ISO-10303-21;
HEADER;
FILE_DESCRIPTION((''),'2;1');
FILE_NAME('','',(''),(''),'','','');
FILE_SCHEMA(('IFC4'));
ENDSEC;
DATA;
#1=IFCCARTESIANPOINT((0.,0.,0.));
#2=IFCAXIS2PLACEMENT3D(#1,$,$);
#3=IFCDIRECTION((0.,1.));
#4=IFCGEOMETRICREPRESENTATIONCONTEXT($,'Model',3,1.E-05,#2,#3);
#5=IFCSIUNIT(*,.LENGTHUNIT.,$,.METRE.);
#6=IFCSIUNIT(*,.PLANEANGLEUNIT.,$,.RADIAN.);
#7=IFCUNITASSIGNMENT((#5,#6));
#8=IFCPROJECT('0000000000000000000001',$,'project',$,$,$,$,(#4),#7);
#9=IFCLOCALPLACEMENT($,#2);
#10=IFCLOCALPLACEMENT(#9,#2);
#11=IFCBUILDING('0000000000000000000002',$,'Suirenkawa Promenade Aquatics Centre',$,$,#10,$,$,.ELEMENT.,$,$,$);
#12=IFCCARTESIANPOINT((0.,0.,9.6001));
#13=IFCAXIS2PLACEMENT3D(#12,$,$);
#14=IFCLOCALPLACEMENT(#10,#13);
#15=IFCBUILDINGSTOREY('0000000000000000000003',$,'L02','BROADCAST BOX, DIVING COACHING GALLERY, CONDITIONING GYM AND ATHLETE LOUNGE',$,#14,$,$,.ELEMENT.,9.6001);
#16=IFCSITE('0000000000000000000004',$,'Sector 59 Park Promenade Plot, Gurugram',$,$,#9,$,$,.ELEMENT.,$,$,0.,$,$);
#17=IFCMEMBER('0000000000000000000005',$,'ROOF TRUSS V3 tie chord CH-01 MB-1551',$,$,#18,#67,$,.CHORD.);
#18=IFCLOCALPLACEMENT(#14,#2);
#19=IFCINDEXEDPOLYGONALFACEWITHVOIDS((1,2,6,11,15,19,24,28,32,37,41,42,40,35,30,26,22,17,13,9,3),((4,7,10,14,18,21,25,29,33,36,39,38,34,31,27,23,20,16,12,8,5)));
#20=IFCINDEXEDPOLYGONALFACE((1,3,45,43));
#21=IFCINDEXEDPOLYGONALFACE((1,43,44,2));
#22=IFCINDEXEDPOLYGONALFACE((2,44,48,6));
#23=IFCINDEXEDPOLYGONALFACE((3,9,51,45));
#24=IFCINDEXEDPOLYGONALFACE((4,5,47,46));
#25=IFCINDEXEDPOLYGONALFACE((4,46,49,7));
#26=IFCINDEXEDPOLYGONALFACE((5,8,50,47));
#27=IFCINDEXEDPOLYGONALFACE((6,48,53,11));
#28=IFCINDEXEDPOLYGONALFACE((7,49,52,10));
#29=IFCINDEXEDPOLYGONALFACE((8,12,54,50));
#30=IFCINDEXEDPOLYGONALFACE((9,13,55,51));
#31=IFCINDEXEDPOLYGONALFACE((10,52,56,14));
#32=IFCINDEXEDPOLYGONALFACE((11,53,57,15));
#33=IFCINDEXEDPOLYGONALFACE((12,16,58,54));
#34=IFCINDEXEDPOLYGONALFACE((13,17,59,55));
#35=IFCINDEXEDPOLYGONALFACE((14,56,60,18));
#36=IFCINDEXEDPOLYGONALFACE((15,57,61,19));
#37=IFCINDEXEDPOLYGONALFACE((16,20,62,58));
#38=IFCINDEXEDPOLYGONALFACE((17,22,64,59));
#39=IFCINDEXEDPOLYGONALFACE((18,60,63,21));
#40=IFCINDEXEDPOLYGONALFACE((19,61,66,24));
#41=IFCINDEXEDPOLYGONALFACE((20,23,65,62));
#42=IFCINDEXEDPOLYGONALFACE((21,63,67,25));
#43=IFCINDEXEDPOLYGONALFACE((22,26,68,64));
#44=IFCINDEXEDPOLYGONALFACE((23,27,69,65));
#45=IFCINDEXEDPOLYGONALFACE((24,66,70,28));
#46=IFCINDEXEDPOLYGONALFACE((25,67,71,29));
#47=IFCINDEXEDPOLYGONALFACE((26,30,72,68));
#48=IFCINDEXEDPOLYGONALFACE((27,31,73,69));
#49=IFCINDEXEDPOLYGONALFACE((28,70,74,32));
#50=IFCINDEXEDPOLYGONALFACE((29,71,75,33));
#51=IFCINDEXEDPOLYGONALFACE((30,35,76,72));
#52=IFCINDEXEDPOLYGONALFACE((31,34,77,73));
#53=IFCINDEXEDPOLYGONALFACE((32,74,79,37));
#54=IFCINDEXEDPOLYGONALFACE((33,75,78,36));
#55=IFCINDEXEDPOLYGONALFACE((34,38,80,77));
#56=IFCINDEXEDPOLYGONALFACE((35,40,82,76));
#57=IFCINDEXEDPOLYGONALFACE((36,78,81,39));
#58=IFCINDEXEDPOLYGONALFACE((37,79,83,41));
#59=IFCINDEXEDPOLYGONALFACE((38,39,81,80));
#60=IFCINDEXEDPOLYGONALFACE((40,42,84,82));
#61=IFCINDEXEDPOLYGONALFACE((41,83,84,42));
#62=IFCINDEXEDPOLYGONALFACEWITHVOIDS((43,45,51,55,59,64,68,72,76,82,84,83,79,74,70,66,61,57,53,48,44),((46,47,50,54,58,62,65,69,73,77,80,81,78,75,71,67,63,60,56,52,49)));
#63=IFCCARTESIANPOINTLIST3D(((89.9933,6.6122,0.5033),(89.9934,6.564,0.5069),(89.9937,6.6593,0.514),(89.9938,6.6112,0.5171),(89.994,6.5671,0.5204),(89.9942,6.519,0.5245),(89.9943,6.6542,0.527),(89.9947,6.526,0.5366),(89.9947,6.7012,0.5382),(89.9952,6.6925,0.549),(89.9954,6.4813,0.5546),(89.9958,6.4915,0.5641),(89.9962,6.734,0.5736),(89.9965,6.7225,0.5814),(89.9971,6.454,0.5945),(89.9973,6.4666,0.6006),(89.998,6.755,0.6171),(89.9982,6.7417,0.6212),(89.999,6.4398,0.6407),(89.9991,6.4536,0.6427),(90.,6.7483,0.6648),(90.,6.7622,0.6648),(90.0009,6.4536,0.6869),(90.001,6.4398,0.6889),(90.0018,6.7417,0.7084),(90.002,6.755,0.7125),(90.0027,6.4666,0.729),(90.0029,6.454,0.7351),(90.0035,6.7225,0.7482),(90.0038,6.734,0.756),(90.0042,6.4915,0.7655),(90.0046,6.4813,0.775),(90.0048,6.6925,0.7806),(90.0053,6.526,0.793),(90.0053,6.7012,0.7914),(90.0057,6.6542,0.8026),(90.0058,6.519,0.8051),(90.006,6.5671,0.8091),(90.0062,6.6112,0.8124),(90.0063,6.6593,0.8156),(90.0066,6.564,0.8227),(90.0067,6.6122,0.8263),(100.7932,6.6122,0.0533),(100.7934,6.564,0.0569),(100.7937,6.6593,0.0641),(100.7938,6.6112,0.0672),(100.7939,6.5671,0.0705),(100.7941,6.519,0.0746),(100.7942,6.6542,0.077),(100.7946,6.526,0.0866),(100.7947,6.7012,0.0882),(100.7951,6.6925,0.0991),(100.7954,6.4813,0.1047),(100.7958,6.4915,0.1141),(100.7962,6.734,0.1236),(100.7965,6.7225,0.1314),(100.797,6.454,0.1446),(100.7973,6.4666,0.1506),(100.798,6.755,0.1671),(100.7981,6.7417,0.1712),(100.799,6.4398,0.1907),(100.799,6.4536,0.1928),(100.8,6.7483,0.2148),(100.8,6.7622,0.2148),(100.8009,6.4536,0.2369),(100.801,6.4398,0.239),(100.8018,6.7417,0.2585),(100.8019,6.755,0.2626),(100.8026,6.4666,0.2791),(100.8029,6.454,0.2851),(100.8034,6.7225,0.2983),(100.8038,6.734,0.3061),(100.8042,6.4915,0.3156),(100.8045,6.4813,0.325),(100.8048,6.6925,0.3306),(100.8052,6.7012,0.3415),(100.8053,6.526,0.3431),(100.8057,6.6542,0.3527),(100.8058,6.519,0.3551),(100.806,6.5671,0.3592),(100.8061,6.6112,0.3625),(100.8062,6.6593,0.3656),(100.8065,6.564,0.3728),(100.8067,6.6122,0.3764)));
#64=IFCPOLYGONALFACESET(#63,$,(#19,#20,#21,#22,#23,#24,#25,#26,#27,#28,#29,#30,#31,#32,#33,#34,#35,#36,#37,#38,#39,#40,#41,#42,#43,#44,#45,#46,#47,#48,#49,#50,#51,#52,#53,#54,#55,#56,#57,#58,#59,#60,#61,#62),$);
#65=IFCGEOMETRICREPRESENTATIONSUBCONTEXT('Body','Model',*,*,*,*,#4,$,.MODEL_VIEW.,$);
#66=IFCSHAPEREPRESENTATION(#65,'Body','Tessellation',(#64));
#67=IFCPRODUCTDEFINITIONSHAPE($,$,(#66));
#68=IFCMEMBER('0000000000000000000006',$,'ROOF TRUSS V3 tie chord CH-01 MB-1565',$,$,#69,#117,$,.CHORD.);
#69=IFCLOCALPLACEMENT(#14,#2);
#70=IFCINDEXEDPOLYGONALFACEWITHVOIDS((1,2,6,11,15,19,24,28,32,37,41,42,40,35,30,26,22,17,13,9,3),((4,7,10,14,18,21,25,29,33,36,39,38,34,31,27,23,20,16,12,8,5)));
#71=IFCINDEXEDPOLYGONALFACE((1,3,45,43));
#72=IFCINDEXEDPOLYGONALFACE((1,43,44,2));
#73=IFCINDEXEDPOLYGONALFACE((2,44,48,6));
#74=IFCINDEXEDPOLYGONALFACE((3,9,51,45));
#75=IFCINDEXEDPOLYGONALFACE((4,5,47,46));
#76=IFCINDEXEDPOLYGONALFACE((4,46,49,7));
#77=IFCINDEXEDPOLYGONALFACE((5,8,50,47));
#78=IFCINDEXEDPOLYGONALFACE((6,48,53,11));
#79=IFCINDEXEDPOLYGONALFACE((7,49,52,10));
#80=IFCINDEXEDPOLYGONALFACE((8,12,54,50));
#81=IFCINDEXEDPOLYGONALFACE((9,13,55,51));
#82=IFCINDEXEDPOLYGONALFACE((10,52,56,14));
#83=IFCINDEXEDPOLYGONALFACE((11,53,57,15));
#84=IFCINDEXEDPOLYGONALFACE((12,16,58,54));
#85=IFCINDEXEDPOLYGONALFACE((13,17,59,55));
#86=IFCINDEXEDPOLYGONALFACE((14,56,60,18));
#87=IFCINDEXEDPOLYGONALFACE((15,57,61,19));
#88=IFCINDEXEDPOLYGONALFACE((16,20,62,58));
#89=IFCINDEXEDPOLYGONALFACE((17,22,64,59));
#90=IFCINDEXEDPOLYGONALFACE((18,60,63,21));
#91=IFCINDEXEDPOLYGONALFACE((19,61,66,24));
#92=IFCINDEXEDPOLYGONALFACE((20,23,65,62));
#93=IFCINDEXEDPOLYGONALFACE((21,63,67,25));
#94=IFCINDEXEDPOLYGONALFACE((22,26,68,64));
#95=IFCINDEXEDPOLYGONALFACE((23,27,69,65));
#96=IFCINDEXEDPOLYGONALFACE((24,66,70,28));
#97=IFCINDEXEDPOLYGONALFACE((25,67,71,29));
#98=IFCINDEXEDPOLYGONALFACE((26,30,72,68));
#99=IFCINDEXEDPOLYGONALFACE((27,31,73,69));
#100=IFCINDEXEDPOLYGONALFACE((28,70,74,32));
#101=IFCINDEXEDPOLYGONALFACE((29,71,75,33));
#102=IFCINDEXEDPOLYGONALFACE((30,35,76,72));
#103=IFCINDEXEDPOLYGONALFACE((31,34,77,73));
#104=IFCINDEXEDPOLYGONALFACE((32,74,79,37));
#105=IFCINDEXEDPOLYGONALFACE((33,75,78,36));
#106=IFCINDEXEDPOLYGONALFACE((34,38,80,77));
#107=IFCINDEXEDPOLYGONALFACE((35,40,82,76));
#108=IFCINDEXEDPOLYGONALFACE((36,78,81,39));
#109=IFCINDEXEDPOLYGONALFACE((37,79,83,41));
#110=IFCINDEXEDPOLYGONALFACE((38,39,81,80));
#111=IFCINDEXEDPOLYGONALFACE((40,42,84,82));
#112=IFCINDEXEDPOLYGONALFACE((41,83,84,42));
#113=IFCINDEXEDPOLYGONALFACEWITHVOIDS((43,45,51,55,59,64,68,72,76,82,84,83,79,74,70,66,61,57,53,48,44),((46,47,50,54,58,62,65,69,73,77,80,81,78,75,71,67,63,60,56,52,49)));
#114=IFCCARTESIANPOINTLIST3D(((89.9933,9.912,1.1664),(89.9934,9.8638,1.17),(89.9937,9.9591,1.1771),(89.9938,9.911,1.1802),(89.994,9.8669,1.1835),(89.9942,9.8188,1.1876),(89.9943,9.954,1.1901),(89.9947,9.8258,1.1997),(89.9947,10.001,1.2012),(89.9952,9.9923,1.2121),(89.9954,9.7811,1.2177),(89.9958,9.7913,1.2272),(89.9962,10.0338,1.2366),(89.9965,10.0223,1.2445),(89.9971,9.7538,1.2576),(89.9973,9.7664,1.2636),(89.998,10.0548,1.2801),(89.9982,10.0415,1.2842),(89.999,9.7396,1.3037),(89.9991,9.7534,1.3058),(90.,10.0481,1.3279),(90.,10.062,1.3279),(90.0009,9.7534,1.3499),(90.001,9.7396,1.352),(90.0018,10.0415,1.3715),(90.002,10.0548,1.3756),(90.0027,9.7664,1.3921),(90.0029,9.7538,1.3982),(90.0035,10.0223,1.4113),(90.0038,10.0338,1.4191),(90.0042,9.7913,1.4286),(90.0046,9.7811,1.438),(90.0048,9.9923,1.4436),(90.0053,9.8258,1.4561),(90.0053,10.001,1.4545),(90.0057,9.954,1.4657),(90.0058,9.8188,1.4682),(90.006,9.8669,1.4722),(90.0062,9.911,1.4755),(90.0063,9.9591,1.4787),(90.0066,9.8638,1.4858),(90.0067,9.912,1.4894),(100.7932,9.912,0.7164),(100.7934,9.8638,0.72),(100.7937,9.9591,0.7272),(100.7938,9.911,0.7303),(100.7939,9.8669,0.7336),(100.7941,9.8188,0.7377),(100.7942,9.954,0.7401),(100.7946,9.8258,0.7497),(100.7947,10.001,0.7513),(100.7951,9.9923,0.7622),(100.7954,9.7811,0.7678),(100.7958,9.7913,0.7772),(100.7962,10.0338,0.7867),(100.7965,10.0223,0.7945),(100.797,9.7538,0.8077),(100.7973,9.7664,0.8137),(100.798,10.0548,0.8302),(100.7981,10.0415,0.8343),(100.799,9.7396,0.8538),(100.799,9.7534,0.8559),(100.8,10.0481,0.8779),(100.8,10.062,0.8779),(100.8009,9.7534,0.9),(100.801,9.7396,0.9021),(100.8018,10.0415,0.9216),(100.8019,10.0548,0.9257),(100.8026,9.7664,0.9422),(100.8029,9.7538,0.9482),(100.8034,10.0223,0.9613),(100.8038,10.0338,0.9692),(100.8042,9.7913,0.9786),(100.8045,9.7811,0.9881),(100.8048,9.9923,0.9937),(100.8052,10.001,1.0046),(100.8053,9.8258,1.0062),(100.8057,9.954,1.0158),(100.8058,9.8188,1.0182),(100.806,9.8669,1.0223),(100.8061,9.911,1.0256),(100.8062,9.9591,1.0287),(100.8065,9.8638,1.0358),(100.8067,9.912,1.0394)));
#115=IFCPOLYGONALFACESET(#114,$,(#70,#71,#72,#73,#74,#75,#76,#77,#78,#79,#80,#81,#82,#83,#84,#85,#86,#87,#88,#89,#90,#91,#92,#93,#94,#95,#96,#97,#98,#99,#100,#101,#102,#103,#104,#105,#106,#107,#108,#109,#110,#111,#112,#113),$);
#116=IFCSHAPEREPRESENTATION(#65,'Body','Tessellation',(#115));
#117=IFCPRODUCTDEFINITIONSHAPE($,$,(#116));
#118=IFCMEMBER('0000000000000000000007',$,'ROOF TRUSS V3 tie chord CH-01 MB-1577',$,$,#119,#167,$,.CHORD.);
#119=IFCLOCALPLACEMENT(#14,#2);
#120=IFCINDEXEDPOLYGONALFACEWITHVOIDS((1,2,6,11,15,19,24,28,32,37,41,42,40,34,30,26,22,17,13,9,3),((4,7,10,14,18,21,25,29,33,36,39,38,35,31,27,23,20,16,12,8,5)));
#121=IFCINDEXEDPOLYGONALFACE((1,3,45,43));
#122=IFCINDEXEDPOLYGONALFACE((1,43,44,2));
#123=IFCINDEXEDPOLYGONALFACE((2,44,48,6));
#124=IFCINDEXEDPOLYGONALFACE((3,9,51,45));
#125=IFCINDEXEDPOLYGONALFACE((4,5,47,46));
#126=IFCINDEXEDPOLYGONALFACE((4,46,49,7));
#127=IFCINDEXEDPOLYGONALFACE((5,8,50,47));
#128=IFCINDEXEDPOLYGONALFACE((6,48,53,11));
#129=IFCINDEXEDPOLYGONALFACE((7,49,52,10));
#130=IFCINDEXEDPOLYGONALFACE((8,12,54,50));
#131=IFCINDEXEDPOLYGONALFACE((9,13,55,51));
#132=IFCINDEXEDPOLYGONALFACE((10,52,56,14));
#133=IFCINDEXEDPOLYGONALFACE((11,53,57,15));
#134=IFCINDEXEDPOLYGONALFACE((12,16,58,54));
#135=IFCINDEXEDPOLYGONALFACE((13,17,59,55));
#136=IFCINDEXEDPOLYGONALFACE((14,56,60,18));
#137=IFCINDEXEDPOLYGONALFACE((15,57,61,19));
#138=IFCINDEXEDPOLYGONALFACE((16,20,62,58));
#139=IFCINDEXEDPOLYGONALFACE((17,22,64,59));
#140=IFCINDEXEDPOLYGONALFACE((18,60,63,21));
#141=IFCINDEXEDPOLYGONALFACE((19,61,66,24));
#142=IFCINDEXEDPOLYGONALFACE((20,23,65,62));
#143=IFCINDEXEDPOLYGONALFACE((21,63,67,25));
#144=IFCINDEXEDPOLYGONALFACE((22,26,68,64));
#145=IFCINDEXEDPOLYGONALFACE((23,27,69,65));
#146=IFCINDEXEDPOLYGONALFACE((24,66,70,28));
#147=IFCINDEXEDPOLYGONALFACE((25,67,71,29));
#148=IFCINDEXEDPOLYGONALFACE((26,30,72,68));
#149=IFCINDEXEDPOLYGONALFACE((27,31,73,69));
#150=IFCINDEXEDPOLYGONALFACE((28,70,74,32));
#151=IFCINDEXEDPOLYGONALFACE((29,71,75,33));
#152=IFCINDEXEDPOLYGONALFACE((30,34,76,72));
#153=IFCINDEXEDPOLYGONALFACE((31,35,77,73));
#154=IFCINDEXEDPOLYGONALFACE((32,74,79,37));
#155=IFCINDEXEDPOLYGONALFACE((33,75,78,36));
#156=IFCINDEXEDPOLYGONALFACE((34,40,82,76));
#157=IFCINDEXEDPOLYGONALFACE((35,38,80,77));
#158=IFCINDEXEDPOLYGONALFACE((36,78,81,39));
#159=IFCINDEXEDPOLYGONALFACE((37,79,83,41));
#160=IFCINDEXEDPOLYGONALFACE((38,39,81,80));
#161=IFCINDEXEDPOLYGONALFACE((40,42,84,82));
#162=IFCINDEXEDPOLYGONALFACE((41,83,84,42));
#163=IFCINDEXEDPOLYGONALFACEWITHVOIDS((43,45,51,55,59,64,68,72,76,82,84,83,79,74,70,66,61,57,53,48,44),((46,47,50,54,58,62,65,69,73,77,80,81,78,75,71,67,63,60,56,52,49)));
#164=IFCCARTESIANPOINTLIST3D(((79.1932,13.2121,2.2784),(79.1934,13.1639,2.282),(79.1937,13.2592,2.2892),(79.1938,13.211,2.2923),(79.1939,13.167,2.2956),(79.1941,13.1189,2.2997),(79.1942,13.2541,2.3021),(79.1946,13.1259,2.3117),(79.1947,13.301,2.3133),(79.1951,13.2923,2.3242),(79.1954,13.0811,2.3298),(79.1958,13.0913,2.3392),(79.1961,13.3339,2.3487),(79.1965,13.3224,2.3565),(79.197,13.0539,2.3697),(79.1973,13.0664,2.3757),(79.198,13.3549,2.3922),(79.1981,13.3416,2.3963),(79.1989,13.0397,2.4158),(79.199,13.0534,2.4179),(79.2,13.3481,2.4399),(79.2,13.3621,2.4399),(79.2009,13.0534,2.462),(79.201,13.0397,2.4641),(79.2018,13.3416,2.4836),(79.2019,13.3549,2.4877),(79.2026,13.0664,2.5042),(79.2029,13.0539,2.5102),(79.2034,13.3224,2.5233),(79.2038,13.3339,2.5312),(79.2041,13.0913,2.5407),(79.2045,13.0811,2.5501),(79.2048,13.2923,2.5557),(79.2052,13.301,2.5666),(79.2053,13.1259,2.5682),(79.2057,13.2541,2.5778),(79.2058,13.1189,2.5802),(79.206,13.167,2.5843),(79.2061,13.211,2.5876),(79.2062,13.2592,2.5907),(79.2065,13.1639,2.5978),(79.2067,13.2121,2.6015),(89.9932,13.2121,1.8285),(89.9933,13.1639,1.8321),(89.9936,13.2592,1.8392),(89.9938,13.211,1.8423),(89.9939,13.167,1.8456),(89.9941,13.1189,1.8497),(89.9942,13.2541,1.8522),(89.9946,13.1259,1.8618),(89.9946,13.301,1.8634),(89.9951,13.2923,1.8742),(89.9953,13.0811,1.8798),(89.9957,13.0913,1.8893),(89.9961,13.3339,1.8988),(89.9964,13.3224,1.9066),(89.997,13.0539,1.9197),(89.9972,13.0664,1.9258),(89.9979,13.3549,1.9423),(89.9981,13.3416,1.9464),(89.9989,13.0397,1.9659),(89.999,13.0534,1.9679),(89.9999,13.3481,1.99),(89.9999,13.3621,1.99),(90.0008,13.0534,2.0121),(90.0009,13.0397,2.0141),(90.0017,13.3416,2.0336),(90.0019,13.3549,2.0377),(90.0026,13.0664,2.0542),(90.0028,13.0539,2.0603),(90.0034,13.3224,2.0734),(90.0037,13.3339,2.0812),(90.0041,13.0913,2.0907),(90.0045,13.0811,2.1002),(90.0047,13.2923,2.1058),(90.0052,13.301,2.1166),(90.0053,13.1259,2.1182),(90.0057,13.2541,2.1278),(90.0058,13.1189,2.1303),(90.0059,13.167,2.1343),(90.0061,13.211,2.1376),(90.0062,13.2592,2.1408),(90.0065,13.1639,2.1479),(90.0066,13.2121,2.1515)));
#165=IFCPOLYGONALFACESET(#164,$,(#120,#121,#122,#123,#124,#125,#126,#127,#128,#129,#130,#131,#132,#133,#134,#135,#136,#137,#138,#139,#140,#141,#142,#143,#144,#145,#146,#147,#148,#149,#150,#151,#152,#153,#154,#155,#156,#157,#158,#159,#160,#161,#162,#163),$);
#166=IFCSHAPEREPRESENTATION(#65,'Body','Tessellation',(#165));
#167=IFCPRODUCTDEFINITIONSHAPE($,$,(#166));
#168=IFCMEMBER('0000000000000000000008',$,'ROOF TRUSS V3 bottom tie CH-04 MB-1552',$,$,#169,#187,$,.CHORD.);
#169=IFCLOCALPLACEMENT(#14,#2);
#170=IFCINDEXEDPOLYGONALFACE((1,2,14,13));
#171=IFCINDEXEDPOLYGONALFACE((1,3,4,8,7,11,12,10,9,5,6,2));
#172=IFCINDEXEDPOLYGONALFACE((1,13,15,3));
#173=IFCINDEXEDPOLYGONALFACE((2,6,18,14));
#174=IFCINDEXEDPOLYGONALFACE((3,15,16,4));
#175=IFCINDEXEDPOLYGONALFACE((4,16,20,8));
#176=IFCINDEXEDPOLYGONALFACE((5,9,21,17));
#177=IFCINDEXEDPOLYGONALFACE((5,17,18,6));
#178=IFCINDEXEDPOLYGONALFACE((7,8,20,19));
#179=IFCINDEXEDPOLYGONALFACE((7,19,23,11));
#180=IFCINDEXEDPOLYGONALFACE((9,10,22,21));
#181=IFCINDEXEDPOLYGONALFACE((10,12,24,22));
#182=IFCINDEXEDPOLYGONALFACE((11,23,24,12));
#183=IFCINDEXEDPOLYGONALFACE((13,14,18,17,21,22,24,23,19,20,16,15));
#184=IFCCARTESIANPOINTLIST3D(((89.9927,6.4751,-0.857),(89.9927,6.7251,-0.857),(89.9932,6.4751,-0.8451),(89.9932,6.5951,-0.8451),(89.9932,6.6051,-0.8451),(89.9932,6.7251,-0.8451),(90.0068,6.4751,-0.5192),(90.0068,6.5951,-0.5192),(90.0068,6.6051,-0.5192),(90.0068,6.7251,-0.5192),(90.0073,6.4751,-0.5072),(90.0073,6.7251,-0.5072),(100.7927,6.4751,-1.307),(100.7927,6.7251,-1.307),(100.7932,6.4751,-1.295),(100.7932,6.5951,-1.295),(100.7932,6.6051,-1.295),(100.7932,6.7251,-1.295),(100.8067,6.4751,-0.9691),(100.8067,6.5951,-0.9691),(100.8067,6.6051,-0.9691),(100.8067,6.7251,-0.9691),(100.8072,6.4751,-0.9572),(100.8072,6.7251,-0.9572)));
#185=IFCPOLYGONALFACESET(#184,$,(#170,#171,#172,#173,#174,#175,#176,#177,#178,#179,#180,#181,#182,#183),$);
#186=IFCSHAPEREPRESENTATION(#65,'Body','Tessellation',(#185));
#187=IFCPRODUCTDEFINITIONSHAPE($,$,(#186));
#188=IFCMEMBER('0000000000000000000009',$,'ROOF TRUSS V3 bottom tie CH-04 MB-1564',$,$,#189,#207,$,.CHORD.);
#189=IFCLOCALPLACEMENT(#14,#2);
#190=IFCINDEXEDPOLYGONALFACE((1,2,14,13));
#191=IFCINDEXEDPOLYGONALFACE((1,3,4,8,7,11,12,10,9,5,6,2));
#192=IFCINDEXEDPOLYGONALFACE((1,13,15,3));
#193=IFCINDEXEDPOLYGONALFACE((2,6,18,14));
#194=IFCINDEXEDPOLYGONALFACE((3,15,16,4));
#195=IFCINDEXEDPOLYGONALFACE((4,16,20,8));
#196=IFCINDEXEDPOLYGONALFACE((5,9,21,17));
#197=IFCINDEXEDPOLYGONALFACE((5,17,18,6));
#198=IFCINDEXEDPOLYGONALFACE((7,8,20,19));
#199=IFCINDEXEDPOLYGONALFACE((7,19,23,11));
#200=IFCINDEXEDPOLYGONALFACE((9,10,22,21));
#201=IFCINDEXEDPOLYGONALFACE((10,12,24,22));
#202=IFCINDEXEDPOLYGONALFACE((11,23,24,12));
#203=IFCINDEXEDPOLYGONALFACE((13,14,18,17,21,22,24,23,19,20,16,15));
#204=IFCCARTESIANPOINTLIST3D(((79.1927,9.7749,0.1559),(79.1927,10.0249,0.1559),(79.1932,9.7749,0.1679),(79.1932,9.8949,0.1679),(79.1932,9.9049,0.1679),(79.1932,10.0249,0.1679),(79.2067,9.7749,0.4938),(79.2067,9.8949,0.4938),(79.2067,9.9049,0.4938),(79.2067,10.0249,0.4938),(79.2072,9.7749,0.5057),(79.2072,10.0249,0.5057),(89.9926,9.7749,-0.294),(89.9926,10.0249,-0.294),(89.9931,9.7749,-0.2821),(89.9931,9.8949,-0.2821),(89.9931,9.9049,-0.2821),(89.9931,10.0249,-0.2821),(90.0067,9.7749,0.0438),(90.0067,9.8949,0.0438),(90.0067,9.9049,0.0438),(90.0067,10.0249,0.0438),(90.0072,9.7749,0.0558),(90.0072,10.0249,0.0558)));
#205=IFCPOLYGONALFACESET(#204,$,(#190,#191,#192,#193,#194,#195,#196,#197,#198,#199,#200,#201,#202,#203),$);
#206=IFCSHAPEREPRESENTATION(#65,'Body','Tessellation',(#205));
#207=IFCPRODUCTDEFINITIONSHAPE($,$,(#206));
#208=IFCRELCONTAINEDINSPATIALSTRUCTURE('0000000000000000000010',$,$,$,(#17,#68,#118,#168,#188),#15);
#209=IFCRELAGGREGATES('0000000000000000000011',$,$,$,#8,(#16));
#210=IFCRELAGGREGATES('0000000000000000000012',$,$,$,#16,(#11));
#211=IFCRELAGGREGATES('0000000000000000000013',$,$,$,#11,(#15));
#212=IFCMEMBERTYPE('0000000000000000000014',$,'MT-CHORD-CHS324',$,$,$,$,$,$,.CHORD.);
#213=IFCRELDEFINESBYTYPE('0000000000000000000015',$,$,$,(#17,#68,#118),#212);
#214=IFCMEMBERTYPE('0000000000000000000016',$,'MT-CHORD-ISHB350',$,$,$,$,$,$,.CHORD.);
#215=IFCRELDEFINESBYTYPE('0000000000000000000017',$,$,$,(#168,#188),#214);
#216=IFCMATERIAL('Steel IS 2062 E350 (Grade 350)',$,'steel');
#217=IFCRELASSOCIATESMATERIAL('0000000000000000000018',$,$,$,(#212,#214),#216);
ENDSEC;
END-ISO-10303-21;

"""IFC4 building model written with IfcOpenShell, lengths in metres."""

from ifc_helpers import new_model, si_unit, direction, frame, origin, origin_2d, place, context, subcontext, project, spatial, hollow_circle, i_section, extrude, material, material_profile, profile_set, type_object, element, save


model = new_model("IFC4")

# Units and contexts
model_context = context("Model", 3, precision=1e-05, world=origin(), true_north=direction((0.0, 1.0)))
body_context = subcontext(model_context, "Body", "Model", "MODEL_VIEW")
ifc_project = project(units=[si_unit("LENGTHUNIT", "METRE"), si_unit("PLANEANGLEUNIT", "RADIAN")], contexts=[model_context])

# Site, building, storey
site_placement = place(None, origin())
site = spatial("IfcSite", under=ifc_project, at=site_placement, Name="Sector 59 Park Promenade Plot, Gurugram", CompositionType="ELEMENT", RefElevation=0.0)
building_placement = place(site_placement, origin())
building = spatial("IfcBuilding", under=site, at=building_placement, Name="Suirenkawa Promenade Aquatics Centre", CompositionType="ELEMENT")
storey_placement = place(building_placement, frame((0.0, 0.0, 9.6001)))
storey = spatial("IfcBuildingStorey", under=building, at=storey_placement, Name="L02", Description="BROADCAST BOX, DIVING COACHING GALLERY, CONDITIONING GYM AND ATHLETE LOUNGE", CompositionType="ELEMENT", Elevation=9.6001)

# Shared definitions
ifc_material_1 = material(Name="Steel IS 2062 E350 (Grade 350)", Category="steel")

# Members
ifc_material_profile_1 = material_profile(ifc_material_1, hollow_circle(Radius=0.1621, WallThickness=0.0139, at=origin_2d()), Name="CHS 324x14", Category="steel")
ifc_profile_set_1 = profile_set([ifc_material_profile_1], Name="Steel IS 2062 E350 (Grade 350)")
member_type_1 = type_object("IfcMemberType", Name="MT-CHORD-CHS324", PredefinedType="CHORD", material=ifc_profile_set_1)
for number, where, z_axis, x_axis, name in (
    (1, (90.0, 6.6001, 0.6648), (0.999133, 0.0, -0.041626), (0.0, 1.0, 0.0), "ROOF TRUSS V3 tie chord CH-01 MB-1551"),
    (2, (90.0, 9.8999, 1.3279), (0.999133, 0.0, -0.041626), (0.0, 1.0, 0.0), "ROOF TRUSS V3 tie chord CH-01 MB-1565"),
    (3, (79.2, 13.2, 2.4399), (0.999133, 0.0, -0.041626), (0.0, 1.0, 0.0), "ROOF TRUSS V3 tie chord CH-01 MB-1577"),
):
    element("IfcMember", number, at=place(storey_placement, frame(where, z_axis=z_axis, x_axis=x_axis)), inside=storey, type_object=member_type_1, Name=name, PredefinedType="CHORD", context=body_context, shape_type="SweptSolid", body=[
        extrude(hollow_circle(Radius=0.1621, WallThickness=0.0139, at=origin_2d()), origin(), (0.0, 0.0, 1.0), 10.8093),
    ])
ifc_material_profile_2 = material_profile(ifc_material_1, i_section(OverallWidth=0.25, OverallDepth=0.3501, WebThickness=0.01, FlangeThickness=0.012, at=origin_2d()), Name="ISHB 350", Category="steel")
ifc_profile_set_2 = profile_set([ifc_material_profile_2], Name="Steel IS 2062 E350 (Grade 350)")
member_type_2 = type_object("IfcMemberType", Name="MT-CHORD-ISHB350", PredefinedType="CHORD", material=ifc_profile_set_2)
for number, where, z_axis, x_axis, name in (
    (4, (90.0, 6.6001, -0.6821), (0.999133, 0.0, -0.041626), (0.0, 1.0, 0.0), "ROOF TRUSS V3 bottom tie CH-04 MB-1552"),
    (5, (79.2, 9.8999, 0.3308), (0.999133, 0.0, -0.041626), (0.0, 1.0, 0.0), "ROOF TRUSS V3 bottom tie CH-04 MB-1564"),
):
    element("IfcMember", number, at=place(storey_placement, frame(where, z_axis=z_axis, x_axis=x_axis)), inside=storey, type_object=member_type_2, Name=name, PredefinedType="CHORD", context=body_context, shape_type="SweptSolid", body=[
        extrude(i_section(OverallWidth=0.25, OverallDepth=0.3501, WebThickness=0.01, FlangeThickness=0.012, at=origin_2d()), origin(), (0.0, 0.0, 1.0), 10.8093),
    ])

save(model, "model.ifc")
